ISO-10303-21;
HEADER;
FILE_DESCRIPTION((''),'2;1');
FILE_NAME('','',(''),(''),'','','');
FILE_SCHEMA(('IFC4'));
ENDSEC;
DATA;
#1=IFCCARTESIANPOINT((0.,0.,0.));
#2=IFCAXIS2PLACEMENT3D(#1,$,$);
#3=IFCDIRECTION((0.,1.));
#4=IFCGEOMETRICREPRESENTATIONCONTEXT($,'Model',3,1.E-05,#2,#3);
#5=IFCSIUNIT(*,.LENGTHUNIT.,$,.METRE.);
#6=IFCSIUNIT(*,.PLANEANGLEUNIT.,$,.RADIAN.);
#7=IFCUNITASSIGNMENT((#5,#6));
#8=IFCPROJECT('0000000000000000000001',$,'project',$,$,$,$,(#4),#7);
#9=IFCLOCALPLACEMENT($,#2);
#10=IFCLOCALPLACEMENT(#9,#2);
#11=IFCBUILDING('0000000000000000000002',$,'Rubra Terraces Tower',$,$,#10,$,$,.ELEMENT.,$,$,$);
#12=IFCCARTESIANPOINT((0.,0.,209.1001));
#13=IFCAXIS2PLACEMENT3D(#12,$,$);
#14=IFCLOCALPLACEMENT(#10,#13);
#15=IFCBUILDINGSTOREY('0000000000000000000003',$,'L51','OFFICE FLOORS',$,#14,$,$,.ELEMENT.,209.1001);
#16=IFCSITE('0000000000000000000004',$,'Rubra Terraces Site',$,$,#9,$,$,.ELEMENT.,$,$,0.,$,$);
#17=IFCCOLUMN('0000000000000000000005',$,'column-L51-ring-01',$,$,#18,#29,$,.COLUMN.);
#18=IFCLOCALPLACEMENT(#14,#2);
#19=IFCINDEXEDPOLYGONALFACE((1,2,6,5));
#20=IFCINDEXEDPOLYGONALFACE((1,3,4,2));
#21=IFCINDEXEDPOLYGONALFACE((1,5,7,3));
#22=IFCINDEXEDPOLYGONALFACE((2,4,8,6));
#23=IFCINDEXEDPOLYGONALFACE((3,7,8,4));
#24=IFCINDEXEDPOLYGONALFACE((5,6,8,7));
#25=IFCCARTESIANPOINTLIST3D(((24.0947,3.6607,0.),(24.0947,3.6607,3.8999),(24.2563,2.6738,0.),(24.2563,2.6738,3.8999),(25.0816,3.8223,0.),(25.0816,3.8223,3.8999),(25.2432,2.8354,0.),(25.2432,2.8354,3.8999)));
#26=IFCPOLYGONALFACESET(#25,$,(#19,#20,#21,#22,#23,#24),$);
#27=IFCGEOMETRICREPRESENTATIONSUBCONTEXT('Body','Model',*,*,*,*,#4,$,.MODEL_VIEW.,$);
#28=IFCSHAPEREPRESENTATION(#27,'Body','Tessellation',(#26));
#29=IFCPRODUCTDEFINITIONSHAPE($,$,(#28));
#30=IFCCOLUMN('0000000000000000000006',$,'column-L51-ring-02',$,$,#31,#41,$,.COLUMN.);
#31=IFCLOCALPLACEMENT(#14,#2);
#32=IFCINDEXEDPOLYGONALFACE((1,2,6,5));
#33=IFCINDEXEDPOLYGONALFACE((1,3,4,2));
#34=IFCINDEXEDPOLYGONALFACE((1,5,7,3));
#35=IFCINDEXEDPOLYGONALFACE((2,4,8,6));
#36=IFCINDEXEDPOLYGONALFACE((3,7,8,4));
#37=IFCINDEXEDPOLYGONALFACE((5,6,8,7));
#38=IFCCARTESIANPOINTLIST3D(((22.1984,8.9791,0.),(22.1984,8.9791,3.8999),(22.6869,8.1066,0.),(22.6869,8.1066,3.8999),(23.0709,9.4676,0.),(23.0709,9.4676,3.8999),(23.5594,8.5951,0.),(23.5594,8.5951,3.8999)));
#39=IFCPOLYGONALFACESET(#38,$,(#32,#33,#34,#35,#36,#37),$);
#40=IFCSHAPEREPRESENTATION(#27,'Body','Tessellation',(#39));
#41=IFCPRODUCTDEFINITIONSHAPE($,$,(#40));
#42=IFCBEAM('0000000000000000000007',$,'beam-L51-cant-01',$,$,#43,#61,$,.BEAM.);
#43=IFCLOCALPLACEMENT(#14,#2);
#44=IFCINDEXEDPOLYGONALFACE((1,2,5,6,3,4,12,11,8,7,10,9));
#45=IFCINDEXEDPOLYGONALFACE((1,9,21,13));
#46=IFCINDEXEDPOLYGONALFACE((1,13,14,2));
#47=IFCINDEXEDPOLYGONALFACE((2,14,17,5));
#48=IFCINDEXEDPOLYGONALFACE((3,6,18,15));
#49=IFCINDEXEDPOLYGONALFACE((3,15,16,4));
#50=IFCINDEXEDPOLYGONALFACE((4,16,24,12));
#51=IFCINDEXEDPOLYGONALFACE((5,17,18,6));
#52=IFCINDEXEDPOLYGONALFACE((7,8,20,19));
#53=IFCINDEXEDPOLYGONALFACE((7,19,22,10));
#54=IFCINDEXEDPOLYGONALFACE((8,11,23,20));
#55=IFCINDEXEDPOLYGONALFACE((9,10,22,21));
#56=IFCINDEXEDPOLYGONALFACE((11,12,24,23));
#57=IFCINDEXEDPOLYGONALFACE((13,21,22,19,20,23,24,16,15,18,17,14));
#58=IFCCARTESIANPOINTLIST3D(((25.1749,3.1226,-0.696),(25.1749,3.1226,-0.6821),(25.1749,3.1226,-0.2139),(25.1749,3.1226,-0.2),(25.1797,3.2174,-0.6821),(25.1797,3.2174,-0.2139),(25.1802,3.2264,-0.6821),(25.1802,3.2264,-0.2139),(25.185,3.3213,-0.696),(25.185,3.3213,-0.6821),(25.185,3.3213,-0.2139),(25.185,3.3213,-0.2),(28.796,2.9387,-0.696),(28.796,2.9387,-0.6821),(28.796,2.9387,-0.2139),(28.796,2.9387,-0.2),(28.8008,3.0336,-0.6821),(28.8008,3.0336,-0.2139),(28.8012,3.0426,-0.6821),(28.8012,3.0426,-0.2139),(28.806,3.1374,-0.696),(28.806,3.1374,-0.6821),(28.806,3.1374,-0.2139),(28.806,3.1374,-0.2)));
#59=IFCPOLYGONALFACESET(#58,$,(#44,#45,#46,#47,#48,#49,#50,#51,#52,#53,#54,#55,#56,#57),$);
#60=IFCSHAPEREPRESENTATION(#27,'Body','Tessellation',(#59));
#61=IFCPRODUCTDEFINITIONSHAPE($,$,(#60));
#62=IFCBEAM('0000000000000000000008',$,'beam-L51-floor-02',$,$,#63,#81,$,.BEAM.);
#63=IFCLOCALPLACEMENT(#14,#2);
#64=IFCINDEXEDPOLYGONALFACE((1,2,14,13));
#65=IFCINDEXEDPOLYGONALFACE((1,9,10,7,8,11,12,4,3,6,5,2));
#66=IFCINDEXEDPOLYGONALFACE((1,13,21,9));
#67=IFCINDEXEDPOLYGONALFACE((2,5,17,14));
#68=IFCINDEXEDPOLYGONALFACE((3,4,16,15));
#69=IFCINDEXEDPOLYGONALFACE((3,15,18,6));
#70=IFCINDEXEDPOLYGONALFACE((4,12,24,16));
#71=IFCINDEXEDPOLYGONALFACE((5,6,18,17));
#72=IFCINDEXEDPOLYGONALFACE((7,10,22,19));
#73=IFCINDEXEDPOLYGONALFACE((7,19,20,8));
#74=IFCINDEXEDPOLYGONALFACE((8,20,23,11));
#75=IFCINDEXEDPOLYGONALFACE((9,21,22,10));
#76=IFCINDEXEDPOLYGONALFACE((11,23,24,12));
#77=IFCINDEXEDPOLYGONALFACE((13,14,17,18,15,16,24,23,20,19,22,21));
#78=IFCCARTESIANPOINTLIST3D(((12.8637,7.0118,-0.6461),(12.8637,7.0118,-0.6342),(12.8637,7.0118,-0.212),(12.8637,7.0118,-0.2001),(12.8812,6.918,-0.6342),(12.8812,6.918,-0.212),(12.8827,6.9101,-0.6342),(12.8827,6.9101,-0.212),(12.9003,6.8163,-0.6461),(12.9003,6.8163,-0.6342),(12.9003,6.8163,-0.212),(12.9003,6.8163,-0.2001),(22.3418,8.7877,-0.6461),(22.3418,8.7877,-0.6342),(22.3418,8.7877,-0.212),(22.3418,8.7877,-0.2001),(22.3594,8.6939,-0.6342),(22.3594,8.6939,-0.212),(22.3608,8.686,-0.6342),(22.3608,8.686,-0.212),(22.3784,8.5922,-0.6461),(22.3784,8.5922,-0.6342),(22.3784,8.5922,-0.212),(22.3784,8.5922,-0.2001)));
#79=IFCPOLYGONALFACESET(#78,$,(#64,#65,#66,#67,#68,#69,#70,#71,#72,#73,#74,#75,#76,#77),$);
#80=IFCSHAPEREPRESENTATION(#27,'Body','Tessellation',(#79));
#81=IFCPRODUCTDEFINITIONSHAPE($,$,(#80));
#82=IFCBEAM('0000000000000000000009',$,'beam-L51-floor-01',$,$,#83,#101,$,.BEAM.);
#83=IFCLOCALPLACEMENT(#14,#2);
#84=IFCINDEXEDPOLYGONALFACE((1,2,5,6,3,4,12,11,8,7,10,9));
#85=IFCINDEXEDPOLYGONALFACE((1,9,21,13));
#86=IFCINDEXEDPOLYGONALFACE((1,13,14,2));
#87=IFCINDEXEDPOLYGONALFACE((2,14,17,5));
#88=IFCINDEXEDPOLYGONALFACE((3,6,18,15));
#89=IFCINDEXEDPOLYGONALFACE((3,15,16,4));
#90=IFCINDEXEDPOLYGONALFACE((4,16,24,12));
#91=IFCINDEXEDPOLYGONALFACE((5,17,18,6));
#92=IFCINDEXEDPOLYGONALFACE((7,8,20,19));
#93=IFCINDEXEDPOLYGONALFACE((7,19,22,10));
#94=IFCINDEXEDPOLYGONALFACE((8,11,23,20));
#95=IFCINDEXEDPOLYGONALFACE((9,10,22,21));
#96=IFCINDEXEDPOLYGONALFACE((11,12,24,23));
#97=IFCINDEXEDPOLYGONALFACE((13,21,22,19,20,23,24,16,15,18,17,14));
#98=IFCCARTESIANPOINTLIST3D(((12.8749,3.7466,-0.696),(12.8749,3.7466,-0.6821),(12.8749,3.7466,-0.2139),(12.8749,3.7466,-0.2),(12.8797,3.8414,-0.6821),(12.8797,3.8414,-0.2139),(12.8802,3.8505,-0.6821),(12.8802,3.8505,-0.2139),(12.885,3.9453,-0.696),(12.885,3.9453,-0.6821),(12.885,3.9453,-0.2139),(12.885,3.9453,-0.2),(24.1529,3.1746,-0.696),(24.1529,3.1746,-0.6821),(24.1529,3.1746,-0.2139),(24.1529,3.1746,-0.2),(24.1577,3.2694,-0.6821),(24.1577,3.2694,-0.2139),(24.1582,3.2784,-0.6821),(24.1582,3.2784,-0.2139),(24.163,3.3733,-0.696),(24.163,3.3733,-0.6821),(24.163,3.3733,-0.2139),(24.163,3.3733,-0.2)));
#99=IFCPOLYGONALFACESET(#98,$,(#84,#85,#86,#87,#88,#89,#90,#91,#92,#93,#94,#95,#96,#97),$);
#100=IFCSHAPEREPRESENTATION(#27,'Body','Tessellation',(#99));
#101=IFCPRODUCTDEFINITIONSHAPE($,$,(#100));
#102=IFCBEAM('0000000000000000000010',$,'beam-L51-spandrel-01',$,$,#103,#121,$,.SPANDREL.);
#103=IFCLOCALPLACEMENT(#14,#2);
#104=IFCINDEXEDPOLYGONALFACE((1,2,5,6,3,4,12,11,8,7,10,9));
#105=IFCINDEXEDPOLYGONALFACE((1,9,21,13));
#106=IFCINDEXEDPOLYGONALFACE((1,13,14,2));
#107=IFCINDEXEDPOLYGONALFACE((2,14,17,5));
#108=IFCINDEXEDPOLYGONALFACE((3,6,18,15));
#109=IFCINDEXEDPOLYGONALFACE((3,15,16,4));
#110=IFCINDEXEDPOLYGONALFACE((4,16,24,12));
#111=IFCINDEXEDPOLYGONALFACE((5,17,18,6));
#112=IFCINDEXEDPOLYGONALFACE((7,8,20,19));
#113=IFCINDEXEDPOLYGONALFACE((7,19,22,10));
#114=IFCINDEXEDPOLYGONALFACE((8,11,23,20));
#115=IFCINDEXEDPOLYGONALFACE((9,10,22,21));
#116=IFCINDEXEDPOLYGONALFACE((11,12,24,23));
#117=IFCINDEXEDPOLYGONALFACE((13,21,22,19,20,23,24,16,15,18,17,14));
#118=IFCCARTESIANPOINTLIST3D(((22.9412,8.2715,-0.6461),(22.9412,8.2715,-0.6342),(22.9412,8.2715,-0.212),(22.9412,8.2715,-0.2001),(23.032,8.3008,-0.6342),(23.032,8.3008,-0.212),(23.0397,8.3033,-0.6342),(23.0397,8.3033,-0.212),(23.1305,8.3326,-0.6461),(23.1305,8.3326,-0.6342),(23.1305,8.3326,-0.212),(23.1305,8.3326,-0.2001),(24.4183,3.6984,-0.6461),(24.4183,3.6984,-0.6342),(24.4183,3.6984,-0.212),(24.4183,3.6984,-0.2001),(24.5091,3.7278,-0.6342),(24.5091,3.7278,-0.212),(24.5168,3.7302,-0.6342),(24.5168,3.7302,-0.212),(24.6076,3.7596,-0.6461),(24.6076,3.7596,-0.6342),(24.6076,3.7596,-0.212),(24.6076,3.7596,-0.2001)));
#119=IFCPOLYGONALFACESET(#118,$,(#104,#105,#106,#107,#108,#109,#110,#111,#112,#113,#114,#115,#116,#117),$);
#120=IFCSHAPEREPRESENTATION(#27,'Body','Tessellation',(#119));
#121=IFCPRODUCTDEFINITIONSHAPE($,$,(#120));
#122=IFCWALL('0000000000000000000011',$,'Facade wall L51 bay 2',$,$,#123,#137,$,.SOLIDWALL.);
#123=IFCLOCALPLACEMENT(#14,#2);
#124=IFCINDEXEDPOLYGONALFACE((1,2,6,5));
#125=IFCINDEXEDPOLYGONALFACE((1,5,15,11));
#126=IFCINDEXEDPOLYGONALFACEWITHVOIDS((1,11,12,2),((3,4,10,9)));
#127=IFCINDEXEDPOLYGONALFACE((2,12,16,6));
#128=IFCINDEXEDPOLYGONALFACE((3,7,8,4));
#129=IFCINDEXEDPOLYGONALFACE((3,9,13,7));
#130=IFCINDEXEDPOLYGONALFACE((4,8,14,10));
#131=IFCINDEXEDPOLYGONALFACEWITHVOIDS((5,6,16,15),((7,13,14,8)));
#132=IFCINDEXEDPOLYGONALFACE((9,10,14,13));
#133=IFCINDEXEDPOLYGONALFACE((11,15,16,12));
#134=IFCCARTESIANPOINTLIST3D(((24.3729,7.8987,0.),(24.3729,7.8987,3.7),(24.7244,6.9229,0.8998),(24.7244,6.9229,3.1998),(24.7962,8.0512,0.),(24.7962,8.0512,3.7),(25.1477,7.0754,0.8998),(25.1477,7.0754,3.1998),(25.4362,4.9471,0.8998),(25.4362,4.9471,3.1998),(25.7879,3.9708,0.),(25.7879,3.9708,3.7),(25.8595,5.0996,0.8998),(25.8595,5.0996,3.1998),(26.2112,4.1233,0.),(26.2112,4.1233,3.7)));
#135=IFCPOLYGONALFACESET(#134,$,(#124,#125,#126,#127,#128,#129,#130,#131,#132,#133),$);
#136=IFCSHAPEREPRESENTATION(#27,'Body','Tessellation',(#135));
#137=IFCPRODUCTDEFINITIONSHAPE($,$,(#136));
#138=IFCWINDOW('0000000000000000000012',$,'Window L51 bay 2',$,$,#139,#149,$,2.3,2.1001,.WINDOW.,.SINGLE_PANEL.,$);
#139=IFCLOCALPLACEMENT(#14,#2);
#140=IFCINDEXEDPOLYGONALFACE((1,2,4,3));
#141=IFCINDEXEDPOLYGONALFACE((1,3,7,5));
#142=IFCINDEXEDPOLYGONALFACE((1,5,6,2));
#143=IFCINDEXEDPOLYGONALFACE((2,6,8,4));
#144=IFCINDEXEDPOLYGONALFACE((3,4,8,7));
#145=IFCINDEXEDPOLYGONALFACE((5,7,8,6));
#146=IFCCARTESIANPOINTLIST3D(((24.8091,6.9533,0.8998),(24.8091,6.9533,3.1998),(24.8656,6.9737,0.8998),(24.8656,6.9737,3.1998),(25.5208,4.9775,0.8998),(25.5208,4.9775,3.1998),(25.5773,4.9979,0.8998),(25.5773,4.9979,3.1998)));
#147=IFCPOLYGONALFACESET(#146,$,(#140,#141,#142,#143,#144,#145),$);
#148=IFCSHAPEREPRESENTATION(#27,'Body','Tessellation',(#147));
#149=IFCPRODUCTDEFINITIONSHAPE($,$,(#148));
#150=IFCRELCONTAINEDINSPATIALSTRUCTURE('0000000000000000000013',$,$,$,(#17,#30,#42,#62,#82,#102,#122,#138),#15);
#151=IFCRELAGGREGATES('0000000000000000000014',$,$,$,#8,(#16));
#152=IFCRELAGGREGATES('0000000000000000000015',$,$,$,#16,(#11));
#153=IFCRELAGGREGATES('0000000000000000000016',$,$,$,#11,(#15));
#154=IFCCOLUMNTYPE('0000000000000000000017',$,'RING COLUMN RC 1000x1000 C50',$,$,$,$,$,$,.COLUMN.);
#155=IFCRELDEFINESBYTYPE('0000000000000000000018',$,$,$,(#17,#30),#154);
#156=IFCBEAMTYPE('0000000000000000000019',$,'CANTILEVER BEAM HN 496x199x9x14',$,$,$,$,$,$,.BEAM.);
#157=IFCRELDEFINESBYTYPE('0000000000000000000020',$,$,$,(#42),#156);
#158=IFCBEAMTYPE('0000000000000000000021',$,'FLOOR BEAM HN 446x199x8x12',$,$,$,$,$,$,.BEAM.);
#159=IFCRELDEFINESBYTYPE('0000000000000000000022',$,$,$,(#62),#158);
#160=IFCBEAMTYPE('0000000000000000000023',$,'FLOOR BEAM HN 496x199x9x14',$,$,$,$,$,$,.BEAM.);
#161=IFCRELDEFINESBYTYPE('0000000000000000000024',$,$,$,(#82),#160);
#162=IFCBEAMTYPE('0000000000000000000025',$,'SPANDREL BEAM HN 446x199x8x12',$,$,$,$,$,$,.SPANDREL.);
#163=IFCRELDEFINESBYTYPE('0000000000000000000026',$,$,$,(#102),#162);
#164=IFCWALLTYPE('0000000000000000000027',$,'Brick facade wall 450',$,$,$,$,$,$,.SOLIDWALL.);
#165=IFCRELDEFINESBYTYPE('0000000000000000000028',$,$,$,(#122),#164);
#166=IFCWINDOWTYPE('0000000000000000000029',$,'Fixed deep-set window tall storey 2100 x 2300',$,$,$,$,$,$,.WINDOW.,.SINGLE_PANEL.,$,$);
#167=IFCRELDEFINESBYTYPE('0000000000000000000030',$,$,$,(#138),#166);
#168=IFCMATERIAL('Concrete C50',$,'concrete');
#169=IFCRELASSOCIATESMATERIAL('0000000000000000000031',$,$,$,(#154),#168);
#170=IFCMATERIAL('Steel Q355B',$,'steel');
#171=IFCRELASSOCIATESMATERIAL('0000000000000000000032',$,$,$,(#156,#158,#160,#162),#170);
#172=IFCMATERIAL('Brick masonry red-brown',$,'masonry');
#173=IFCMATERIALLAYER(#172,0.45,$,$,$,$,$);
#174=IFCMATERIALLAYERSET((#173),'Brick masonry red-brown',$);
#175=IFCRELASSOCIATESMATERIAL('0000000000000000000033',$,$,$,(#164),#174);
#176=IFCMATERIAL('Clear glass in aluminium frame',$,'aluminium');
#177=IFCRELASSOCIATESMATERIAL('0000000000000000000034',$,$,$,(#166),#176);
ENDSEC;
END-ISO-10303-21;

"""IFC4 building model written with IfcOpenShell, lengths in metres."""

from ifc_helpers import new_model, si_unit, direction, frame, frame_2d, origin, origin_2d, place, context, subcontext, project, spatial, rectangle, i_section, extrude, material, layer, layer_set, material_profile, profile_set, type_object, element, fill, save


model = new_model("IFC4")

# Units and contexts
model_context = context("Model", 3, precision=1e-05, world=origin(), true_north=direction((0.0, 1.0)))
body_context = subcontext(model_context, "Body", "Model", "MODEL_VIEW")
ifc_project = project(units=[si_unit("LENGTHUNIT", "METRE"), si_unit("PLANEANGLEUNIT", "RADIAN")], contexts=[model_context])

# Site, building, storey
site_placement = place(None, origin())
site = spatial("IfcSite", under=ifc_project, at=site_placement, Name="Rubra Terraces Site", CompositionType="ELEMENT", RefElevation=0.0)
building_placement = place(site_placement, origin())
building = spatial("IfcBuilding", under=site, at=building_placement, Name="Rubra Terraces Tower", CompositionType="ELEMENT")
storey_placement = place(building_placement, frame((0.0, 0.0, 209.1001)))
storey = spatial("IfcBuildingStorey", under=building, at=storey_placement, Name="L51", Description="OFFICE FLOORS", CompositionType="ELEMENT", Elevation=209.1001)

# Columns
ifc_material_1 = material(Name="Concrete C50", Category="concrete")
ifc_material_profile_1 = material_profile(ifc_material_1, rectangle(XDim=1.0, YDim=1.0, at=origin_2d()), Name="RC 1000x1000")
ifc_profile_set_1 = profile_set([ifc_material_profile_1], Name="Concrete C50")
column_type = type_object("IfcColumnType", Name="RING COLUMN RC 1000x1000 C50", PredefinedType="COLUMN", material=ifc_profile_set_1)
for number, where, z_axis, x_axis, name in (
    (1, (24.6689, 3.248, 0.0), (0.0, 0.0, 1.0), (-0.161559, 0.986863, 0.0), "column-L51-ring-01"),
    (2, (22.8789, 8.7871, 0.0), (0.0, 0.0, 1.0), (-0.488526, 0.872549, 0.0), "column-L51-ring-02"),
):
    element("IfcColumn", number, at=place(storey_placement, frame(where, z_axis=z_axis, x_axis=x_axis)), inside=storey, type_object=column_type, Name=name, PredefinedType="COLUMN", context=body_context, shape_type="SweptSolid", body=[
        extrude(rectangle(XDim=1.0, YDim=1.0, at=origin_2d()), origin(), (0.0, 0.0, 1.0), 3.8999),
    ])

# Beams
ifc_material_2 = material(Name="Steel Q355B", Category="steel")
ifc_material_profile_2 = material_profile(ifc_material_2, i_section(OverallWidth=0.199, OverallDepth=0.4961, WebThickness=0.009, FlangeThickness=0.0139, at=origin_2d()), Name="HN 496x199x9x14")
ifc_profile_set_2 = profile_set([ifc_material_profile_2], Name="Steel Q355B")
beam_type_1 = type_object("IfcBeamType", Name="CANTILEVER BEAM HN 496x199x9x14", PredefinedType="BEAM", material=ifc_profile_set_2)
beam_1_placement = place(storey_placement, frame((25.1799, 3.2219, -0.448), z_axis=(0.998714, -0.050703, 0.0), x_axis=(0.050703, 0.998714, 0.0)))
element("IfcBeam", 3, at=beam_1_placement, inside=storey, type_object=beam_type_1, Name="beam-L51-cant-01", PredefinedType="BEAM", context=body_context, shape_type="SweptSolid", body=[
    extrude(i_section(OverallWidth=0.199, OverallDepth=0.4961, WebThickness=0.009, FlangeThickness=0.0139, at=origin_2d()), origin(), (0.0, 0.0, 1.0), 3.6257),
])
ifc_material_profile_3 = material_profile(ifc_material_2, i_section(OverallWidth=0.199, OverallDepth=0.446, WebThickness=0.0081, FlangeThickness=0.012, at=origin_2d()), Name="HN 446x199x8x12")
ifc_profile_set_3 = profile_set([ifc_material_profile_3], Name="Steel Q355B")
beam_type_2 = type_object("IfcBeamType", Name="FLOOR BEAM HN 446x199x8x12", PredefinedType="BEAM", material=ifc_profile_set_3)
beam_2_placement = place(storey_placement, frame((22.3601, 8.6899, -0.4231), z_axis=(-0.982896, -0.184163, 0.0), x_axis=(0.184163, -0.982896, 0.0)))
element("IfcBeam", 4, at=beam_2_placement, inside=storey, type_object=beam_type_2, Name="beam-L51-floor-02", PredefinedType="BEAM", context=body_context, shape_type="SweptSolid", body=[
    extrude(i_section(OverallWidth=0.199, OverallDepth=0.446, WebThickness=0.0081, FlangeThickness=0.012, at=origin_2d()), origin(), (0.0, 0.0, 1.0), 9.6431),
])
ifc_material_profile_4 = material_profile(ifc_material_2, i_section(OverallWidth=0.199, OverallDepth=0.4961, WebThickness=0.009, FlangeThickness=0.0139, at=origin_2d()), Name="HN 496x199x9x14")
ifc_profile_set_4 = profile_set([ifc_material_profile_4], Name="Steel Q355B")
beam_type_3 = type_object("IfcBeamType", Name="FLOOR BEAM HN 496x199x9x14", PredefinedType="BEAM", material=ifc_profile_set_4)
beam_3_placement = place(storey_placement, frame((24.158, 3.2739, -0.448), z_axis=(-0.998716, 0.050655, 0.0), x_axis=(-0.050655, -0.998716, 0.0)))
element("IfcBeam", 5, at=beam_3_placement, inside=storey, type_object=beam_type_3, Name="beam-L51-floor-01", PredefinedType="BEAM", context=body_context, shape_type="SweptSolid", body=[
    extrude(i_section(OverallWidth=0.199, OverallDepth=0.4961, WebThickness=0.009, FlangeThickness=0.0139, at=origin_2d()), origin(), (0.0, 0.0, 1.0), 11.2925),
])
ifc_material_profile_5 = material_profile(ifc_material_2, i_section(OverallWidth=0.199, OverallDepth=0.446, WebThickness=0.0081, FlangeThickness=0.012, at=origin_2d()), Name="HN 446x199x8x12")
ifc_profile_set_5 = profile_set([ifc_material_profile_5], Name="Steel Q355B")
beam_type_4 = type_object("IfcBeamType", Name="SPANDREL BEAM HN 446x199x8x12", PredefinedType="SPANDREL", material=ifc_profile_set_5)
beam_4_placement = place(storey_placement, frame((24.5129, 3.729, -0.4231), z_axis=(-0.307359, 0.951594, 0.0), x_axis=(-0.951594, -0.307359, 0.0)))
element("IfcBeam", 6, at=beam_4_placement, inside=storey, type_object=beam_type_4, Name="beam-L51-spandrel-01", PredefinedType="SPANDREL", context=body_context, shape_type="SweptSolid", body=[
    extrude(i_section(OverallWidth=0.199, OverallDepth=0.446, WebThickness=0.0081, FlangeThickness=0.012, at=origin_2d()), origin(), (0.0, 0.0, 1.0), 4.8057),
])

# Wall, opening, window
ifc_material_3 = material(Name="Brick masonry red-brown", Category="masonry")
ifc_layer_1 = layer(ifc_material_3, 0.45)
ifc_layer_set_1 = layer_set([ifc_layer_1], Name="Brick masonry red-brown")
wall_type_1 = type_object("IfcWallType", Name="Brick facade wall 450", PredefinedType="SOLIDWALL", material=ifc_layer_set_1)
wall_1_placement = place(storey_placement, frame((25.9995, 4.0471, 0.0), z_axis=(0.0, 0.0, 1.0), x_axis=(-0.338924, 0.940814, 0.0)))
wall_1 = element("IfcWall", 7, at=wall_1_placement, inside=storey, type_object=wall_type_1, Name="Facade wall L51 bay 2", PredefinedType="SOLIDWALL", context=body_context, shape_type="SweptSolid", body=[
    extrude(rectangle(XDim=4.175, YDim=0.45, at=frame_2d((2.0874, 0.0))), origin(), (0.0, 0.0, 1.0), 3.7),
])
opening_1_placement = place(wall_1_placement, frame((1.0376, 0.0, 0.8999)))
opening_1 = element("IfcOpeningElement", 8, at=opening_1_placement, cuts=wall_1, PredefinedType="OPENING", context=body_context, shape_type="SweptSolid", body=[
    extrude(rectangle(XDim=2.1001, YDim=2.3, at=frame_2d((1.05, 1.1499))), frame((0.0, 0.2349, 0.0), z_axis=(0.0, -1.0, 0.0), x_axis=(1.0, 0.0, 0.0)), (0.0, 0.0, 1.0), 0.47),
])
ifc_material_4 = material(Name="Clear glass in aluminium frame", Category="aluminium")
window_type = type_object("IfcWindowType", Name="Fixed deep-set window tall storey 2100 x 2300", PartitioningType="SINGLE_PANEL", PredefinedType="WINDOW", material=ifc_material_4)
window_1_placement = place(opening_1_placement, origin())
window_1 = element("IfcWindow", 9, at=window_1_placement, inside=storey, type_object=window_type, Name="Window L51 bay 2", OverallHeight=2.3, OverallWidth=2.1001, PartitioningType="SINGLE_PANEL", PredefinedType="WINDOW", context=body_context, shape_type="SweptSolid", body=[
    extrude(rectangle(XDim=2.1001, YDim=2.3, at=frame_2d((1.05, 1.1499))), frame((0.0, 0.135, 0.0), z_axis=(0.0, -1.0, 0.0), x_axis=(1.0, 0.0, 0.0)), (0.0, 0.0, 1.0), 0.0601),
])
fill(opening_1, window_1)

save(model, "model.ifc")
